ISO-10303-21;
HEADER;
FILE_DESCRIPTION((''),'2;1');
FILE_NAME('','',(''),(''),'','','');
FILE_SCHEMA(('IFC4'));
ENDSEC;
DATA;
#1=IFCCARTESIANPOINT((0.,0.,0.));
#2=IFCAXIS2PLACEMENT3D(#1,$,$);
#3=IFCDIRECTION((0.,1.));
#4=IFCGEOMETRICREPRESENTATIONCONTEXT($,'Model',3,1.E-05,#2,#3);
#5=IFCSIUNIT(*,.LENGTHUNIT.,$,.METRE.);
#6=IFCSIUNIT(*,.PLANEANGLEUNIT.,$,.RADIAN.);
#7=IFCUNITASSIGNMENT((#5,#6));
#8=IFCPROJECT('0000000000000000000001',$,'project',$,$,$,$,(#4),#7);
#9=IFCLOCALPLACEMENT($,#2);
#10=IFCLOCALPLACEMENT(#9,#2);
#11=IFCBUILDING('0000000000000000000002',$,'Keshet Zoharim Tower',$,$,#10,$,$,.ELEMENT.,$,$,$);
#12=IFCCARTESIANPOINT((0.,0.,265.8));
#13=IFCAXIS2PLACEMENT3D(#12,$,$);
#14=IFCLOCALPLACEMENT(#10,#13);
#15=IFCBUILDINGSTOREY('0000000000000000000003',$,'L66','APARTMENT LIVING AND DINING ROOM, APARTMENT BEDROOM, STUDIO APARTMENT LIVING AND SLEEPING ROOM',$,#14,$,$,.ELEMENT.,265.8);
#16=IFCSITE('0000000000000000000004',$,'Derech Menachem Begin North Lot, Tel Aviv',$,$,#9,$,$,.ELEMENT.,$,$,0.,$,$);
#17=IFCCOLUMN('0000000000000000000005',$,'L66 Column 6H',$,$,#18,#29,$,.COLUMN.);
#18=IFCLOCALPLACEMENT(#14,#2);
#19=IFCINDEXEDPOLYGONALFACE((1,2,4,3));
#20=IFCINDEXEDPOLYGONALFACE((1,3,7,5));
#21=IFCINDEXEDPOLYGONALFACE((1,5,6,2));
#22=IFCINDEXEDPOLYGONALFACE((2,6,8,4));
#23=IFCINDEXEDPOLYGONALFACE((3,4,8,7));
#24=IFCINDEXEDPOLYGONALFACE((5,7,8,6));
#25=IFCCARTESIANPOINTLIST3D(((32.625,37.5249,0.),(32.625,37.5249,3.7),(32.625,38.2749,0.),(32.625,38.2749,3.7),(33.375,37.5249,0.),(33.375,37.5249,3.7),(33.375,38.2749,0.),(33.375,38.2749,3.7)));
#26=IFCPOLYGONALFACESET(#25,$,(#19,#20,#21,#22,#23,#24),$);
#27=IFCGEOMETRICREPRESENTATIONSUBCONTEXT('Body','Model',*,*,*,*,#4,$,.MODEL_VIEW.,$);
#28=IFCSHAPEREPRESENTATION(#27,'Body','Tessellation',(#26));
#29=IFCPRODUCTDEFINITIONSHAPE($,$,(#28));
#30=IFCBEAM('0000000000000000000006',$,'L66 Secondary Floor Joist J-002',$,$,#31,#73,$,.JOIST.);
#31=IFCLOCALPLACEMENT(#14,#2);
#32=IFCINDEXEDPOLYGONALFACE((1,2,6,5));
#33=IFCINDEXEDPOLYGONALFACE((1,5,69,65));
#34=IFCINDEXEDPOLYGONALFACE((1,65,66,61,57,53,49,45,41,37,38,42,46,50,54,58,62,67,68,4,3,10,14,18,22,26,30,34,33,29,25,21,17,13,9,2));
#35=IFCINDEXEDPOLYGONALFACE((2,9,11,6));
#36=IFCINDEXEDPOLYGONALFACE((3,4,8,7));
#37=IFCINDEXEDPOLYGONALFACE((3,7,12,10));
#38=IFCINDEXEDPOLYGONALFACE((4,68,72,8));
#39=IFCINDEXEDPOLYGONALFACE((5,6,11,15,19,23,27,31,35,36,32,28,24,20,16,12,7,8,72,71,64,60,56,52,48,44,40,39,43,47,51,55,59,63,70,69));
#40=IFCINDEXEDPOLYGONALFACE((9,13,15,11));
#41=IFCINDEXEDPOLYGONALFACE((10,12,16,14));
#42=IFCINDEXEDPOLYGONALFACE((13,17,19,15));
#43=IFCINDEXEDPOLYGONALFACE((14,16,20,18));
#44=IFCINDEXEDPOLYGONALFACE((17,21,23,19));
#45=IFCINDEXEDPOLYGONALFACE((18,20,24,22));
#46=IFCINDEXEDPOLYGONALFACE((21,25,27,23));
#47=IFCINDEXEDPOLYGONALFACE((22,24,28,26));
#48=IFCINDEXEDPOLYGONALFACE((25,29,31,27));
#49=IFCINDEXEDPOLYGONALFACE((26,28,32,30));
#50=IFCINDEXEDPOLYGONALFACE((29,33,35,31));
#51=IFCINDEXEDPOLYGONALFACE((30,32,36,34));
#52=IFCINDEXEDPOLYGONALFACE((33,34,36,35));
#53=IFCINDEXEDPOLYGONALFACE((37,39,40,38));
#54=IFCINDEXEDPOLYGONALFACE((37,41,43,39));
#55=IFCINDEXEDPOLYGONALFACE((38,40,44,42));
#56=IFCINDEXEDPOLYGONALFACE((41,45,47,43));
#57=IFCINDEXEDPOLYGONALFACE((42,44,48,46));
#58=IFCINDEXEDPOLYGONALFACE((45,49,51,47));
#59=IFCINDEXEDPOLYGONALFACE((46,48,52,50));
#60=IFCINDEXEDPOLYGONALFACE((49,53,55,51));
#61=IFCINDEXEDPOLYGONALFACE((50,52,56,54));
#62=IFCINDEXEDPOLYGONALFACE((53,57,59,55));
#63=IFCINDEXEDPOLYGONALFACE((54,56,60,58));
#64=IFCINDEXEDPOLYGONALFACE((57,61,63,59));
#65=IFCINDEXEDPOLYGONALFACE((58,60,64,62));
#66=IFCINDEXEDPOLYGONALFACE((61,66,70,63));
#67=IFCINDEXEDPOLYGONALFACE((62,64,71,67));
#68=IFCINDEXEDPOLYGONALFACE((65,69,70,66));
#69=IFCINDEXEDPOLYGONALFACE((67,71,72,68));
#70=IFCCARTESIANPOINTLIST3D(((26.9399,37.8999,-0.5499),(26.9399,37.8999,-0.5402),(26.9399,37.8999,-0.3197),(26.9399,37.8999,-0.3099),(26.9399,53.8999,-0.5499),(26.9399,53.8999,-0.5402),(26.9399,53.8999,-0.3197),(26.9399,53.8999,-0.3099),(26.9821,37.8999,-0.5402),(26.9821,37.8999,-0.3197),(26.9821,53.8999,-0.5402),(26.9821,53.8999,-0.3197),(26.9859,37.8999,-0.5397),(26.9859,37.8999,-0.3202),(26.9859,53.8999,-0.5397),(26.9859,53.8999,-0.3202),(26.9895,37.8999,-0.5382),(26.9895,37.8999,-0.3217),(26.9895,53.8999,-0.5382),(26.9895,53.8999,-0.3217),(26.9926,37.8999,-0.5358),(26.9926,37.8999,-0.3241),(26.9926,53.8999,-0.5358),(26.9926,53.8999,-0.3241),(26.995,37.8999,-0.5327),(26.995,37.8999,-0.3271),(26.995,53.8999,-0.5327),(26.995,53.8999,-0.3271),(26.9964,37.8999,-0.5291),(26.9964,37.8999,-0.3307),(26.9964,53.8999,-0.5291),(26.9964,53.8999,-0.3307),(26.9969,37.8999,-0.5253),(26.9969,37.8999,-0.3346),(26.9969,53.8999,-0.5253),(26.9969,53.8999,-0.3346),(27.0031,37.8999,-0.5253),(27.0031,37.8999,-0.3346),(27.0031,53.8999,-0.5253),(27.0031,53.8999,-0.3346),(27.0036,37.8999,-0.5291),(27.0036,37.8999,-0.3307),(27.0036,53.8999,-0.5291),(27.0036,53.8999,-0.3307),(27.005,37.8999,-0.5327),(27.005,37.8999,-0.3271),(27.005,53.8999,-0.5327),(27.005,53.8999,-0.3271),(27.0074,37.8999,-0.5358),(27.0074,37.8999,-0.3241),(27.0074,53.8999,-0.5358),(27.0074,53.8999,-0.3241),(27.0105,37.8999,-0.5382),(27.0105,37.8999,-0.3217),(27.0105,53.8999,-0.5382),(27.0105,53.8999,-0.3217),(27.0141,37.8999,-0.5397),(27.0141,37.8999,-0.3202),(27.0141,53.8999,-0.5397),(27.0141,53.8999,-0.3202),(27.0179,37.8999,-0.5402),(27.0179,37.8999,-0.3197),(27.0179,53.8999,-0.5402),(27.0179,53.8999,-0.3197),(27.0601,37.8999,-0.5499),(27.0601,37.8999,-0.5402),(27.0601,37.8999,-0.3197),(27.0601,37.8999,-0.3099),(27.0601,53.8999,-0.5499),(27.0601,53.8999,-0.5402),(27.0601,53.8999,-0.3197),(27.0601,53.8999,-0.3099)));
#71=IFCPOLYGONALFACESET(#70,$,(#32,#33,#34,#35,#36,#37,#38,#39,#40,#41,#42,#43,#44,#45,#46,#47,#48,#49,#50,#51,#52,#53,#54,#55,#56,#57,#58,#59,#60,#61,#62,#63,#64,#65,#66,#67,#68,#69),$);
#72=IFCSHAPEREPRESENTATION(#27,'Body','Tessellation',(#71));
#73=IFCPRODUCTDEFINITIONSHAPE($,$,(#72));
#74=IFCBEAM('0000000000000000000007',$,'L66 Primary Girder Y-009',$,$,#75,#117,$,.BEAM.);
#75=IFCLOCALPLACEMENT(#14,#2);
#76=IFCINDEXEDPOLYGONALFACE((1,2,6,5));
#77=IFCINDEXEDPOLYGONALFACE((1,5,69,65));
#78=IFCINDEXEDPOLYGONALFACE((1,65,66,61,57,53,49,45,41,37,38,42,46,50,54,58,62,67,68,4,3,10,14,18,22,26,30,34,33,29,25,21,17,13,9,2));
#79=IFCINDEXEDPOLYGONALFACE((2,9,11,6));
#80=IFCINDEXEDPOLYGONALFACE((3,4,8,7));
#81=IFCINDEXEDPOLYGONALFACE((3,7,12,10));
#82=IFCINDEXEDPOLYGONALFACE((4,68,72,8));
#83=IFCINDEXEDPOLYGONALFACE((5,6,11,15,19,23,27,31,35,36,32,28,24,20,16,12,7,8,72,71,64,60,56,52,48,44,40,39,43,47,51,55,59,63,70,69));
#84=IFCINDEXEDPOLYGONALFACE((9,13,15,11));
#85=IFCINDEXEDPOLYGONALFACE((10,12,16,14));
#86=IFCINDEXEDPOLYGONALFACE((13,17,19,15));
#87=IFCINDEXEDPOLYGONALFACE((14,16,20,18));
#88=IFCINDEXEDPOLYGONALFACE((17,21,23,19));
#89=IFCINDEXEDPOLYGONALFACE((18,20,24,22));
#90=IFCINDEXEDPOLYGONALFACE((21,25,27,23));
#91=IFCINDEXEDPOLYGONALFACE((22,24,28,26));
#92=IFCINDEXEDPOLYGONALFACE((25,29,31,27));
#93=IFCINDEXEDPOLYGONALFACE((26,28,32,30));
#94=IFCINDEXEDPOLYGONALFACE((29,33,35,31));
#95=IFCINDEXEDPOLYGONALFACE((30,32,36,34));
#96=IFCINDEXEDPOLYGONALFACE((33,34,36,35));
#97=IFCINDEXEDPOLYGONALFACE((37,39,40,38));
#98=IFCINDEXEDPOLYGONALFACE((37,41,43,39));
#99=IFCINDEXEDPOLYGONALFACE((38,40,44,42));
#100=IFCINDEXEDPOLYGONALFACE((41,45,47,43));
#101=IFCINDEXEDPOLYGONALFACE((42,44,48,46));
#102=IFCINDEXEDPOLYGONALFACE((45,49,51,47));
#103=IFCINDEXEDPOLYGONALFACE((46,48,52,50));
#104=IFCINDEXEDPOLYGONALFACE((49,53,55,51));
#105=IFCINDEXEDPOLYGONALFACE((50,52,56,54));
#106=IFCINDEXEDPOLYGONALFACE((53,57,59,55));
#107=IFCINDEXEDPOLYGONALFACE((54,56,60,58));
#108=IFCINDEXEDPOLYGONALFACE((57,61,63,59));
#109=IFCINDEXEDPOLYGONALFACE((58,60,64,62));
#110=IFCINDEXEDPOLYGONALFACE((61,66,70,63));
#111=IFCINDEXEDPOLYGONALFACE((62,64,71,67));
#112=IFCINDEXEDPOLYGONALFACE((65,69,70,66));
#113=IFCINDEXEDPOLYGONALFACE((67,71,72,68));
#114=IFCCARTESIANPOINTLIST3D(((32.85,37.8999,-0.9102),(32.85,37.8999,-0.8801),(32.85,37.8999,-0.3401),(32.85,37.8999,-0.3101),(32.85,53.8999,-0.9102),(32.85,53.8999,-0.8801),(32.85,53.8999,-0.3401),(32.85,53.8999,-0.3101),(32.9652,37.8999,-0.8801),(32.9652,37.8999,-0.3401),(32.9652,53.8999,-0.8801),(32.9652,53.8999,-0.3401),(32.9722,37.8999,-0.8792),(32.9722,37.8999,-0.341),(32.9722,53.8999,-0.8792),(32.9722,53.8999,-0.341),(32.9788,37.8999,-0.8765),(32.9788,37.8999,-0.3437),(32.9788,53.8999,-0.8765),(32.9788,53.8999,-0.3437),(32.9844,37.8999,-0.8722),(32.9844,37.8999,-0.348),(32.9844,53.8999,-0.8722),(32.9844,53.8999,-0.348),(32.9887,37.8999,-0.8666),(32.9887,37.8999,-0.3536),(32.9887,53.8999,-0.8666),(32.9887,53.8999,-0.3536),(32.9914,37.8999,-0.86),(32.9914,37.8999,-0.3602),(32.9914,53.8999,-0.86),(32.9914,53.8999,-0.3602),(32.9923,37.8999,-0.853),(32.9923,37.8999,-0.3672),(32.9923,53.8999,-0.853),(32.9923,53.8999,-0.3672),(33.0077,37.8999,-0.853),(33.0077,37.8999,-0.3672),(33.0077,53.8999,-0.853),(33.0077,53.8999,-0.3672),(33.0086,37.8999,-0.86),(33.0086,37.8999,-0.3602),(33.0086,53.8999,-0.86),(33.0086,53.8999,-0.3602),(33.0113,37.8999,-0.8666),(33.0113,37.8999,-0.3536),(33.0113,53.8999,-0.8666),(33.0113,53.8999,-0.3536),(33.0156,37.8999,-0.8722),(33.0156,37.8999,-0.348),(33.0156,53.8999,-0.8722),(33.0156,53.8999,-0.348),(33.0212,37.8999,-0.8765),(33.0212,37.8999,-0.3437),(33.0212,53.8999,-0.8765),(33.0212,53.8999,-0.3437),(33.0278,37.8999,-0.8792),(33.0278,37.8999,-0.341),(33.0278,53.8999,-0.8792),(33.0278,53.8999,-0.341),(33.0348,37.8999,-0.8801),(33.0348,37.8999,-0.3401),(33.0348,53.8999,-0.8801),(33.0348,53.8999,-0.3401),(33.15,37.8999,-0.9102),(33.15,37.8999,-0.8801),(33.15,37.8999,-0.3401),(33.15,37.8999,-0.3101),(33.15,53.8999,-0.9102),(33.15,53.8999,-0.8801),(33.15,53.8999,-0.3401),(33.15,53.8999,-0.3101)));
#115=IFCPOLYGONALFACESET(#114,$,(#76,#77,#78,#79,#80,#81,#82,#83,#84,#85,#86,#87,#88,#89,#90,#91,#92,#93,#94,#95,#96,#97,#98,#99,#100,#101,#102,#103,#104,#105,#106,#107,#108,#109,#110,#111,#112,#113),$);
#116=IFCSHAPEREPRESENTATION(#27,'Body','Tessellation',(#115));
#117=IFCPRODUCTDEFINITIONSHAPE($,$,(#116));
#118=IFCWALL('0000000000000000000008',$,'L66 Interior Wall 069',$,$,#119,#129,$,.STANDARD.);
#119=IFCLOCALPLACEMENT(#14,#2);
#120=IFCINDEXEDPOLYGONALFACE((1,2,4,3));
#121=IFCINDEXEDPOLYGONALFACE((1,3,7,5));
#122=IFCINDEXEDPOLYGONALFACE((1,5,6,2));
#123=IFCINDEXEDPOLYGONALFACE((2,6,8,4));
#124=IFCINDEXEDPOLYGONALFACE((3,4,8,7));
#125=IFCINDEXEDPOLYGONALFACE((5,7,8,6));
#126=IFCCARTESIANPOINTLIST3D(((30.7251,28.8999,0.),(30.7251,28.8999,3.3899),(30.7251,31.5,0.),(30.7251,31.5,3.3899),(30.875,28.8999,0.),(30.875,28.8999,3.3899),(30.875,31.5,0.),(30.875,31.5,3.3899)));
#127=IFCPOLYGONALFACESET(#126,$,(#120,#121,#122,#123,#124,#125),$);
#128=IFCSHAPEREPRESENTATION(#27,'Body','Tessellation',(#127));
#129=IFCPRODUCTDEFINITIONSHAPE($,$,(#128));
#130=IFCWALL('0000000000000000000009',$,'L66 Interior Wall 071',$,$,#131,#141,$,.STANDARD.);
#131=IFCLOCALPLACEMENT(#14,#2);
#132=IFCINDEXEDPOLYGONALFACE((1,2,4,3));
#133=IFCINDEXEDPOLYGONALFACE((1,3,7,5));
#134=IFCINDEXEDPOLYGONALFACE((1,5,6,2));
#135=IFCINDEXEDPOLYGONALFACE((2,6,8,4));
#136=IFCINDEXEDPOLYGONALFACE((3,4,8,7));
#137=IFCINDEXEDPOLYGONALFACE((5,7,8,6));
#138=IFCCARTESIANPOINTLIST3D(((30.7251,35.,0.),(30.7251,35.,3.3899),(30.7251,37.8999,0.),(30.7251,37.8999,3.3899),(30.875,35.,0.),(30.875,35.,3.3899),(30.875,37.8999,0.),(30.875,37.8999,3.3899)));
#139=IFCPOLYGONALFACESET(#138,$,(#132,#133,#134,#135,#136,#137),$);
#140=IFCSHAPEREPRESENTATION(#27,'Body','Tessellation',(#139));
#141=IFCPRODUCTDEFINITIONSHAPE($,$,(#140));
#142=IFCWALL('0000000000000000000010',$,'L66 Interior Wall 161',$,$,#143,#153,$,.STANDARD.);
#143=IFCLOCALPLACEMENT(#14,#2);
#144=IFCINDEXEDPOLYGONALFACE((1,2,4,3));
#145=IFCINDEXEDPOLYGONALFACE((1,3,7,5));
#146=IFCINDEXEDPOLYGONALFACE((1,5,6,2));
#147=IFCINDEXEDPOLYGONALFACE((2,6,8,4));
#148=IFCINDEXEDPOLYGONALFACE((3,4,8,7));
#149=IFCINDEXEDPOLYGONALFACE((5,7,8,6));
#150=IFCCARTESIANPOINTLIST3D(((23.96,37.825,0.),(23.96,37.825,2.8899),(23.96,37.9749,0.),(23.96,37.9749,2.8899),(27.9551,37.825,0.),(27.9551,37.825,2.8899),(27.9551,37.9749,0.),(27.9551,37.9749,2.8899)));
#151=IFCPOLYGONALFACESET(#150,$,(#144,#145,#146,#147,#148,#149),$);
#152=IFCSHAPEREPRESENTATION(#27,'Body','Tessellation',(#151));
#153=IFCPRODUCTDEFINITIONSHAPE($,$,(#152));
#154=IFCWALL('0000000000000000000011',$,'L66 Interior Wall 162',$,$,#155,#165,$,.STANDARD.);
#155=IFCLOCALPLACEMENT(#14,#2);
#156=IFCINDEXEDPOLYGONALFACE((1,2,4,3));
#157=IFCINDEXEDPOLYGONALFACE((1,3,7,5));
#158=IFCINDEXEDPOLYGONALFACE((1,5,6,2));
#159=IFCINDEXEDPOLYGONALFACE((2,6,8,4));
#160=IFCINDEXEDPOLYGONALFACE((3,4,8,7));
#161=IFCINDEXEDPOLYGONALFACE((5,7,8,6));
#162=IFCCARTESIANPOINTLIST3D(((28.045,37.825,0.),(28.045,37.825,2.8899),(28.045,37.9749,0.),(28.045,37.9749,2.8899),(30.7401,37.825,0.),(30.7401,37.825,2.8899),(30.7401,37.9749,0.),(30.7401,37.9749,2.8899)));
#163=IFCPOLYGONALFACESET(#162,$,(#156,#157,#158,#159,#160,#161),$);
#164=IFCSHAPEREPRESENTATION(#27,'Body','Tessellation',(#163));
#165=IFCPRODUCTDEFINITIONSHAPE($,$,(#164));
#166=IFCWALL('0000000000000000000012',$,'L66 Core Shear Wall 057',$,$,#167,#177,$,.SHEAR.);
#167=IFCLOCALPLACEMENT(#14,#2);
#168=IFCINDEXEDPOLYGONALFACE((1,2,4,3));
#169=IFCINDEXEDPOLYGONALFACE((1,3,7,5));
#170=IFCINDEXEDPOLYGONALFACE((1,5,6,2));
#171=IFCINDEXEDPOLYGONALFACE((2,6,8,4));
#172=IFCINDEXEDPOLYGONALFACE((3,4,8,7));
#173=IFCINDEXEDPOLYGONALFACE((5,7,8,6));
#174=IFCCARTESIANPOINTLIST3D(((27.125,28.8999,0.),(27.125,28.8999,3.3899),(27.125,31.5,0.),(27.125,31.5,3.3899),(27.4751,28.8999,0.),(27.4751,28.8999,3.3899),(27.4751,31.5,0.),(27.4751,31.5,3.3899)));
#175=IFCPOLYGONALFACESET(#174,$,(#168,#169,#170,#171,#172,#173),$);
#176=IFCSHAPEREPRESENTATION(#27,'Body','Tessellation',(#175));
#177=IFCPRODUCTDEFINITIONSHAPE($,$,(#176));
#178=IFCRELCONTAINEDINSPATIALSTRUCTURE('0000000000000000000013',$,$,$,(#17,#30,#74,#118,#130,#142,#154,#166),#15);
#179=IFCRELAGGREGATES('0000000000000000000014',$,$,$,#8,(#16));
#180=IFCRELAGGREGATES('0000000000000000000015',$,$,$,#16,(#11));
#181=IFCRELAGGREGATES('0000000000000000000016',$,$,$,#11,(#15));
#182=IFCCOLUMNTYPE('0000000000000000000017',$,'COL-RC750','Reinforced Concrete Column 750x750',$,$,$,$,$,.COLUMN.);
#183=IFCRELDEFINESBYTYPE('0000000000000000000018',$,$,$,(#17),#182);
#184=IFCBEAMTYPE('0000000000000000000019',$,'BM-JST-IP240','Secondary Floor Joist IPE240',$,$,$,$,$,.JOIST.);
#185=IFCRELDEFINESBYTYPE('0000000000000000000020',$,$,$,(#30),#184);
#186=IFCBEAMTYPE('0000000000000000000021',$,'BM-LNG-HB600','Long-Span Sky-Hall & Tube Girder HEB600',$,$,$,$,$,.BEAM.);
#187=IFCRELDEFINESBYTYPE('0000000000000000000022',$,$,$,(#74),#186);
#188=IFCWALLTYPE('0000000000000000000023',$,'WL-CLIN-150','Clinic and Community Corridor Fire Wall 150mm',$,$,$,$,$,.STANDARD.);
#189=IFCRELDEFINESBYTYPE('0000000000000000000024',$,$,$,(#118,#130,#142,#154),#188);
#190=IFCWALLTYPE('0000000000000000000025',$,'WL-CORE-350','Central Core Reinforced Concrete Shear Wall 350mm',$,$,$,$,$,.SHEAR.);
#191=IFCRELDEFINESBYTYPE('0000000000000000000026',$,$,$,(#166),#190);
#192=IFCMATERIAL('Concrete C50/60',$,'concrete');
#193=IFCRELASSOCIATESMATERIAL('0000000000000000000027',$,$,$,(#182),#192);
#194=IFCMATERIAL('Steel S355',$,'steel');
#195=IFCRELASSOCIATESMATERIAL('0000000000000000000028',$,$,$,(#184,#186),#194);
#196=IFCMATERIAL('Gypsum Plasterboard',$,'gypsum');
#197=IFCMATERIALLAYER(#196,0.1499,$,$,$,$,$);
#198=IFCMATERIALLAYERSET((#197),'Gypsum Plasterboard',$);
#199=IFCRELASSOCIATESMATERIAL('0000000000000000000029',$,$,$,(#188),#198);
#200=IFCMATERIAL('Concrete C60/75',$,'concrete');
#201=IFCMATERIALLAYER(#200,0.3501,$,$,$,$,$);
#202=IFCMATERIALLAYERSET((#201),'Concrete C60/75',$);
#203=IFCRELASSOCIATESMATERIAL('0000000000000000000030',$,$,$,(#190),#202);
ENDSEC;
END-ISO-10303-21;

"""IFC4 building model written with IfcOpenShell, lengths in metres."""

from ifc_helpers import new_model, si_unit, direction, frame, frame_2d, origin, origin_2d, place, context, subcontext, project, spatial, rectangle, i_section, extrude, material, layer, layer_set, material_profile, profile_set, type_object, element, save


model = new_model("IFC4")

# Units and contexts
model_context = context("Model", 3, precision=1e-05, world=origin(), true_north=direction((0.0, 1.0)))
body_context = subcontext(model_context, "Body", "Model", "MODEL_VIEW")
ifc_project = project(units=[si_unit("LENGTHUNIT", "METRE"), si_unit("PLANEANGLEUNIT", "RADIAN")], contexts=[model_context])

# Site, building, storey
site_placement = place(None, origin())
site = spatial("IfcSite", under=ifc_project, at=site_placement, Name="Derech Menachem Begin North Lot, Tel Aviv", CompositionType="ELEMENT", RefElevation=0.0)
building_placement = place(site_placement, origin())
building = spatial("IfcBuilding", under=site, at=building_placement, Name="Keshet Zoharim Tower", CompositionType="ELEMENT")
storey_placement = place(building_placement, frame((0.0, 0.0, 265.8)))
storey = spatial("IfcBuildingStorey", under=building, at=storey_placement, Name="L66", Description="APARTMENT LIVING AND DINING ROOM, APARTMENT BEDROOM, STUDIO APARTMENT LIVING AND SLEEPING ROOM", CompositionType="ELEMENT", Elevation=265.8)

# Column
ifc_material_1 = material(Name="Concrete C50/60", Category="concrete")
ifc_material_profile_1 = material_profile(ifc_material_1, rectangle(XDim=0.75, YDim=0.75, at=origin_2d()), Name="RC750x750")
ifc_profile_set_1 = profile_set([ifc_material_profile_1], Name="Concrete C50/60")
column_type = type_object("IfcColumnType", Name="COL-RC750", Description="Reinforced Concrete Column 750x750", PredefinedType="COLUMN", material=ifc_profile_set_1)
column_placement = place(storey_placement, frame((33.0, 37.8999, 0.0), z_axis=(0.0, 0.0, 1.0), x_axis=(1.0, 0.0, 0.0)))
element("IfcColumn", 1, at=column_placement, inside=storey, type_object=column_type, Name="L66 Column 6H", PredefinedType="COLUMN", context=body_context, shape_type="SweptSolid", body=[
    extrude(rectangle(XDim=0.75, YDim=0.75, at=origin_2d()), origin(), (0.0, 0.0, 1.0), 3.7),
])

# Beams
ifc_material_2 = material(Name="Steel S355", Category="steel")
ifc_material_profile_2 = material_profile(ifc_material_2, i_section(OverallWidth=0.1201, OverallDepth=0.24, WebThickness=0.0061, FlangeThickness=0.0098, FilletRadius=0.0149, at=origin_2d()), Name="IPE240")
ifc_profile_set_2 = profile_set([ifc_material_profile_2], Name="Steel S355")
beam_type_1 = type_object("IfcBeamType", Name="BM-JST-IP240", Description="Secondary Floor Joist IPE240", PredefinedType="JOIST", material=ifc_profile_set_2)
beam_1_placement = place(storey_placement, frame((27.0, 37.8999, -0.4299), z_axis=(0.0, 1.0, 0.0), x_axis=(-1.0, 0.0, 0.0)))
element("IfcBeam", 2, at=beam_1_placement, inside=storey, type_object=beam_type_1, Name="L66 Secondary Floor Joist J-002", PredefinedType="JOIST", context=body_context, shape_type="SweptSolid", body=[
    extrude(i_section(OverallWidth=0.1201, OverallDepth=0.24, WebThickness=0.0061, FlangeThickness=0.0098, FilletRadius=0.0149, at=origin_2d()), origin(), (0.0, 0.0, 1.0), 16.0),
])
ifc_material_profile_3 = material_profile(ifc_material_2, i_section(OverallWidth=0.3, OverallDepth=0.6001, WebThickness=0.0154, FlangeThickness=0.03, FilletRadius=0.0271, at=origin_2d()), Name="HEB600")
ifc_profile_set_3 = profile_set([ifc_material_profile_3], Name="Steel S355")
beam_type_2 = type_object("IfcBeamType", Name="BM-LNG-HB600", Description="Long-Span Sky-Hall & Tube Girder HEB600", PredefinedType="BEAM", material=ifc_profile_set_3)
beam_2_placement = place(storey_placement, frame((33.0, 37.8999, -0.6101), z_axis=(0.0, 1.0, 0.0), x_axis=(-1.0, 0.0, 0.0)))
element("IfcBeam", 3, at=beam_2_placement, inside=storey, type_object=beam_type_2, Name="L66 Primary Girder Y-009", PredefinedType="BEAM", context=body_context, shape_type="SweptSolid", body=[
    extrude(i_section(OverallWidth=0.3, OverallDepth=0.6001, WebThickness=0.0154, FlangeThickness=0.03, FilletRadius=0.0271, at=origin_2d()), origin(), (0.0, 0.0, 1.0), 16.0),
])

# Walls
ifc_material_3 = material(Name="Gypsum Plasterboard", Category="gypsum")
ifc_layer_1 = layer(ifc_material_3, 0.1499)
ifc_layer_set_1 = layer_set([ifc_layer_1], Name="Gypsum Plasterboard")
wall_type_1 = type_object("IfcWallType", Name="WL-CLIN-150", Description="Clinic and Community Corridor Fire Wall 150mm", PredefinedType="STANDARD", material=ifc_layer_set_1)
wall_1_placement = place(storey_placement, frame((30.8, 28.8999, 0.0), z_axis=(0.0, 0.0, 1.0), x_axis=(0.0, 1.0, 0.0)))
element("IfcWall", 4, at=wall_1_placement, inside=storey, type_object=wall_type_1, Name="L66 Interior Wall 069", PredefinedType="STANDARD", context=body_context, shape_type="SweptSolid", body=[
    extrude(rectangle(XDim=2.6001, YDim=0.1499, at=frame_2d((1.3, 0.0))), origin(), (0.0, 0.0, 1.0), 3.3899),
])
wall_2_placement = place(storey_placement, frame((30.8, 35.0, 0.0), z_axis=(0.0, 0.0, 1.0), x_axis=(0.0, 1.0, 0.0)))
element("IfcWall", 5, at=wall_2_placement, inside=storey, type_object=wall_type_1, Name="L66 Interior Wall 071", PredefinedType="STANDARD", context=body_context, shape_type="SweptSolid", body=[
    extrude(rectangle(XDim=2.8999, YDim=0.1499, at=frame_2d((1.45, 0.0))), origin(), (0.0, 0.0, 1.0), 3.3899),
])
wall_3_placement = place(storey_placement, frame((23.96, 37.8999, 0.0), z_axis=(0.0, 0.0, 1.0), x_axis=(1.0, 0.0, 0.0)))
element("IfcWall", 6, at=wall_3_placement, inside=storey, type_object=wall_type_1, Name="L66 Interior Wall 161", PredefinedType="STANDARD", context=body_context, shape_type="SweptSolid", body=[
    extrude(rectangle(XDim=3.9951, YDim=0.1499, at=frame_2d((1.9976, 0.0))), origin(), (0.0, 0.0, 1.0), 2.8899),
])
wall_4_placement = place(storey_placement, frame((28.0449, 37.8999, 0.0), z_axis=(0.0, 0.0, 1.0), x_axis=(1.0, 0.0, 0.0)))
element("IfcWall", 7, at=wall_4_placement, inside=storey, type_object=wall_type_1, Name="L66 Interior Wall 162", PredefinedType="STANDARD", context=body_context, shape_type="SweptSolid", body=[
    extrude(rectangle(XDim=2.6951, YDim=0.1499, at=frame_2d((1.3477, 0.0))), origin(), (0.0, 0.0, 1.0), 2.8899),
])
ifc_material_4 = material(Name="Concrete C60/75", Category="concrete")
ifc_layer_2 = layer(ifc_material_4, 0.3501)
ifc_layer_set_2 = layer_set([ifc_layer_2], Name="Concrete C60/75")
wall_type_2 = type_object("IfcWallType", Name="WL-CORE-350", Description="Central Core Reinforced Concrete Shear Wall 350mm", PredefinedType="SHEAR", material=ifc_layer_set_2)
wall_5_placement = place(storey_placement, frame((27.3, 28.8999, 0.0), z_axis=(0.0, 0.0, 1.0), x_axis=(0.0, 1.0, 0.0)))
element("IfcWall", 8, at=wall_5_placement, inside=storey, type_object=wall_type_2, Name="L66 Core Shear Wall 057", PredefinedType="SHEAR", context=body_context, shape_type="SweptSolid", body=[
    extrude(rectangle(XDim=2.6001, YDim=0.3501, at=frame_2d((1.3, 0.0))), origin(), (0.0, 0.0, 1.0), 3.3899),
])

save(model, "model.ifc")
